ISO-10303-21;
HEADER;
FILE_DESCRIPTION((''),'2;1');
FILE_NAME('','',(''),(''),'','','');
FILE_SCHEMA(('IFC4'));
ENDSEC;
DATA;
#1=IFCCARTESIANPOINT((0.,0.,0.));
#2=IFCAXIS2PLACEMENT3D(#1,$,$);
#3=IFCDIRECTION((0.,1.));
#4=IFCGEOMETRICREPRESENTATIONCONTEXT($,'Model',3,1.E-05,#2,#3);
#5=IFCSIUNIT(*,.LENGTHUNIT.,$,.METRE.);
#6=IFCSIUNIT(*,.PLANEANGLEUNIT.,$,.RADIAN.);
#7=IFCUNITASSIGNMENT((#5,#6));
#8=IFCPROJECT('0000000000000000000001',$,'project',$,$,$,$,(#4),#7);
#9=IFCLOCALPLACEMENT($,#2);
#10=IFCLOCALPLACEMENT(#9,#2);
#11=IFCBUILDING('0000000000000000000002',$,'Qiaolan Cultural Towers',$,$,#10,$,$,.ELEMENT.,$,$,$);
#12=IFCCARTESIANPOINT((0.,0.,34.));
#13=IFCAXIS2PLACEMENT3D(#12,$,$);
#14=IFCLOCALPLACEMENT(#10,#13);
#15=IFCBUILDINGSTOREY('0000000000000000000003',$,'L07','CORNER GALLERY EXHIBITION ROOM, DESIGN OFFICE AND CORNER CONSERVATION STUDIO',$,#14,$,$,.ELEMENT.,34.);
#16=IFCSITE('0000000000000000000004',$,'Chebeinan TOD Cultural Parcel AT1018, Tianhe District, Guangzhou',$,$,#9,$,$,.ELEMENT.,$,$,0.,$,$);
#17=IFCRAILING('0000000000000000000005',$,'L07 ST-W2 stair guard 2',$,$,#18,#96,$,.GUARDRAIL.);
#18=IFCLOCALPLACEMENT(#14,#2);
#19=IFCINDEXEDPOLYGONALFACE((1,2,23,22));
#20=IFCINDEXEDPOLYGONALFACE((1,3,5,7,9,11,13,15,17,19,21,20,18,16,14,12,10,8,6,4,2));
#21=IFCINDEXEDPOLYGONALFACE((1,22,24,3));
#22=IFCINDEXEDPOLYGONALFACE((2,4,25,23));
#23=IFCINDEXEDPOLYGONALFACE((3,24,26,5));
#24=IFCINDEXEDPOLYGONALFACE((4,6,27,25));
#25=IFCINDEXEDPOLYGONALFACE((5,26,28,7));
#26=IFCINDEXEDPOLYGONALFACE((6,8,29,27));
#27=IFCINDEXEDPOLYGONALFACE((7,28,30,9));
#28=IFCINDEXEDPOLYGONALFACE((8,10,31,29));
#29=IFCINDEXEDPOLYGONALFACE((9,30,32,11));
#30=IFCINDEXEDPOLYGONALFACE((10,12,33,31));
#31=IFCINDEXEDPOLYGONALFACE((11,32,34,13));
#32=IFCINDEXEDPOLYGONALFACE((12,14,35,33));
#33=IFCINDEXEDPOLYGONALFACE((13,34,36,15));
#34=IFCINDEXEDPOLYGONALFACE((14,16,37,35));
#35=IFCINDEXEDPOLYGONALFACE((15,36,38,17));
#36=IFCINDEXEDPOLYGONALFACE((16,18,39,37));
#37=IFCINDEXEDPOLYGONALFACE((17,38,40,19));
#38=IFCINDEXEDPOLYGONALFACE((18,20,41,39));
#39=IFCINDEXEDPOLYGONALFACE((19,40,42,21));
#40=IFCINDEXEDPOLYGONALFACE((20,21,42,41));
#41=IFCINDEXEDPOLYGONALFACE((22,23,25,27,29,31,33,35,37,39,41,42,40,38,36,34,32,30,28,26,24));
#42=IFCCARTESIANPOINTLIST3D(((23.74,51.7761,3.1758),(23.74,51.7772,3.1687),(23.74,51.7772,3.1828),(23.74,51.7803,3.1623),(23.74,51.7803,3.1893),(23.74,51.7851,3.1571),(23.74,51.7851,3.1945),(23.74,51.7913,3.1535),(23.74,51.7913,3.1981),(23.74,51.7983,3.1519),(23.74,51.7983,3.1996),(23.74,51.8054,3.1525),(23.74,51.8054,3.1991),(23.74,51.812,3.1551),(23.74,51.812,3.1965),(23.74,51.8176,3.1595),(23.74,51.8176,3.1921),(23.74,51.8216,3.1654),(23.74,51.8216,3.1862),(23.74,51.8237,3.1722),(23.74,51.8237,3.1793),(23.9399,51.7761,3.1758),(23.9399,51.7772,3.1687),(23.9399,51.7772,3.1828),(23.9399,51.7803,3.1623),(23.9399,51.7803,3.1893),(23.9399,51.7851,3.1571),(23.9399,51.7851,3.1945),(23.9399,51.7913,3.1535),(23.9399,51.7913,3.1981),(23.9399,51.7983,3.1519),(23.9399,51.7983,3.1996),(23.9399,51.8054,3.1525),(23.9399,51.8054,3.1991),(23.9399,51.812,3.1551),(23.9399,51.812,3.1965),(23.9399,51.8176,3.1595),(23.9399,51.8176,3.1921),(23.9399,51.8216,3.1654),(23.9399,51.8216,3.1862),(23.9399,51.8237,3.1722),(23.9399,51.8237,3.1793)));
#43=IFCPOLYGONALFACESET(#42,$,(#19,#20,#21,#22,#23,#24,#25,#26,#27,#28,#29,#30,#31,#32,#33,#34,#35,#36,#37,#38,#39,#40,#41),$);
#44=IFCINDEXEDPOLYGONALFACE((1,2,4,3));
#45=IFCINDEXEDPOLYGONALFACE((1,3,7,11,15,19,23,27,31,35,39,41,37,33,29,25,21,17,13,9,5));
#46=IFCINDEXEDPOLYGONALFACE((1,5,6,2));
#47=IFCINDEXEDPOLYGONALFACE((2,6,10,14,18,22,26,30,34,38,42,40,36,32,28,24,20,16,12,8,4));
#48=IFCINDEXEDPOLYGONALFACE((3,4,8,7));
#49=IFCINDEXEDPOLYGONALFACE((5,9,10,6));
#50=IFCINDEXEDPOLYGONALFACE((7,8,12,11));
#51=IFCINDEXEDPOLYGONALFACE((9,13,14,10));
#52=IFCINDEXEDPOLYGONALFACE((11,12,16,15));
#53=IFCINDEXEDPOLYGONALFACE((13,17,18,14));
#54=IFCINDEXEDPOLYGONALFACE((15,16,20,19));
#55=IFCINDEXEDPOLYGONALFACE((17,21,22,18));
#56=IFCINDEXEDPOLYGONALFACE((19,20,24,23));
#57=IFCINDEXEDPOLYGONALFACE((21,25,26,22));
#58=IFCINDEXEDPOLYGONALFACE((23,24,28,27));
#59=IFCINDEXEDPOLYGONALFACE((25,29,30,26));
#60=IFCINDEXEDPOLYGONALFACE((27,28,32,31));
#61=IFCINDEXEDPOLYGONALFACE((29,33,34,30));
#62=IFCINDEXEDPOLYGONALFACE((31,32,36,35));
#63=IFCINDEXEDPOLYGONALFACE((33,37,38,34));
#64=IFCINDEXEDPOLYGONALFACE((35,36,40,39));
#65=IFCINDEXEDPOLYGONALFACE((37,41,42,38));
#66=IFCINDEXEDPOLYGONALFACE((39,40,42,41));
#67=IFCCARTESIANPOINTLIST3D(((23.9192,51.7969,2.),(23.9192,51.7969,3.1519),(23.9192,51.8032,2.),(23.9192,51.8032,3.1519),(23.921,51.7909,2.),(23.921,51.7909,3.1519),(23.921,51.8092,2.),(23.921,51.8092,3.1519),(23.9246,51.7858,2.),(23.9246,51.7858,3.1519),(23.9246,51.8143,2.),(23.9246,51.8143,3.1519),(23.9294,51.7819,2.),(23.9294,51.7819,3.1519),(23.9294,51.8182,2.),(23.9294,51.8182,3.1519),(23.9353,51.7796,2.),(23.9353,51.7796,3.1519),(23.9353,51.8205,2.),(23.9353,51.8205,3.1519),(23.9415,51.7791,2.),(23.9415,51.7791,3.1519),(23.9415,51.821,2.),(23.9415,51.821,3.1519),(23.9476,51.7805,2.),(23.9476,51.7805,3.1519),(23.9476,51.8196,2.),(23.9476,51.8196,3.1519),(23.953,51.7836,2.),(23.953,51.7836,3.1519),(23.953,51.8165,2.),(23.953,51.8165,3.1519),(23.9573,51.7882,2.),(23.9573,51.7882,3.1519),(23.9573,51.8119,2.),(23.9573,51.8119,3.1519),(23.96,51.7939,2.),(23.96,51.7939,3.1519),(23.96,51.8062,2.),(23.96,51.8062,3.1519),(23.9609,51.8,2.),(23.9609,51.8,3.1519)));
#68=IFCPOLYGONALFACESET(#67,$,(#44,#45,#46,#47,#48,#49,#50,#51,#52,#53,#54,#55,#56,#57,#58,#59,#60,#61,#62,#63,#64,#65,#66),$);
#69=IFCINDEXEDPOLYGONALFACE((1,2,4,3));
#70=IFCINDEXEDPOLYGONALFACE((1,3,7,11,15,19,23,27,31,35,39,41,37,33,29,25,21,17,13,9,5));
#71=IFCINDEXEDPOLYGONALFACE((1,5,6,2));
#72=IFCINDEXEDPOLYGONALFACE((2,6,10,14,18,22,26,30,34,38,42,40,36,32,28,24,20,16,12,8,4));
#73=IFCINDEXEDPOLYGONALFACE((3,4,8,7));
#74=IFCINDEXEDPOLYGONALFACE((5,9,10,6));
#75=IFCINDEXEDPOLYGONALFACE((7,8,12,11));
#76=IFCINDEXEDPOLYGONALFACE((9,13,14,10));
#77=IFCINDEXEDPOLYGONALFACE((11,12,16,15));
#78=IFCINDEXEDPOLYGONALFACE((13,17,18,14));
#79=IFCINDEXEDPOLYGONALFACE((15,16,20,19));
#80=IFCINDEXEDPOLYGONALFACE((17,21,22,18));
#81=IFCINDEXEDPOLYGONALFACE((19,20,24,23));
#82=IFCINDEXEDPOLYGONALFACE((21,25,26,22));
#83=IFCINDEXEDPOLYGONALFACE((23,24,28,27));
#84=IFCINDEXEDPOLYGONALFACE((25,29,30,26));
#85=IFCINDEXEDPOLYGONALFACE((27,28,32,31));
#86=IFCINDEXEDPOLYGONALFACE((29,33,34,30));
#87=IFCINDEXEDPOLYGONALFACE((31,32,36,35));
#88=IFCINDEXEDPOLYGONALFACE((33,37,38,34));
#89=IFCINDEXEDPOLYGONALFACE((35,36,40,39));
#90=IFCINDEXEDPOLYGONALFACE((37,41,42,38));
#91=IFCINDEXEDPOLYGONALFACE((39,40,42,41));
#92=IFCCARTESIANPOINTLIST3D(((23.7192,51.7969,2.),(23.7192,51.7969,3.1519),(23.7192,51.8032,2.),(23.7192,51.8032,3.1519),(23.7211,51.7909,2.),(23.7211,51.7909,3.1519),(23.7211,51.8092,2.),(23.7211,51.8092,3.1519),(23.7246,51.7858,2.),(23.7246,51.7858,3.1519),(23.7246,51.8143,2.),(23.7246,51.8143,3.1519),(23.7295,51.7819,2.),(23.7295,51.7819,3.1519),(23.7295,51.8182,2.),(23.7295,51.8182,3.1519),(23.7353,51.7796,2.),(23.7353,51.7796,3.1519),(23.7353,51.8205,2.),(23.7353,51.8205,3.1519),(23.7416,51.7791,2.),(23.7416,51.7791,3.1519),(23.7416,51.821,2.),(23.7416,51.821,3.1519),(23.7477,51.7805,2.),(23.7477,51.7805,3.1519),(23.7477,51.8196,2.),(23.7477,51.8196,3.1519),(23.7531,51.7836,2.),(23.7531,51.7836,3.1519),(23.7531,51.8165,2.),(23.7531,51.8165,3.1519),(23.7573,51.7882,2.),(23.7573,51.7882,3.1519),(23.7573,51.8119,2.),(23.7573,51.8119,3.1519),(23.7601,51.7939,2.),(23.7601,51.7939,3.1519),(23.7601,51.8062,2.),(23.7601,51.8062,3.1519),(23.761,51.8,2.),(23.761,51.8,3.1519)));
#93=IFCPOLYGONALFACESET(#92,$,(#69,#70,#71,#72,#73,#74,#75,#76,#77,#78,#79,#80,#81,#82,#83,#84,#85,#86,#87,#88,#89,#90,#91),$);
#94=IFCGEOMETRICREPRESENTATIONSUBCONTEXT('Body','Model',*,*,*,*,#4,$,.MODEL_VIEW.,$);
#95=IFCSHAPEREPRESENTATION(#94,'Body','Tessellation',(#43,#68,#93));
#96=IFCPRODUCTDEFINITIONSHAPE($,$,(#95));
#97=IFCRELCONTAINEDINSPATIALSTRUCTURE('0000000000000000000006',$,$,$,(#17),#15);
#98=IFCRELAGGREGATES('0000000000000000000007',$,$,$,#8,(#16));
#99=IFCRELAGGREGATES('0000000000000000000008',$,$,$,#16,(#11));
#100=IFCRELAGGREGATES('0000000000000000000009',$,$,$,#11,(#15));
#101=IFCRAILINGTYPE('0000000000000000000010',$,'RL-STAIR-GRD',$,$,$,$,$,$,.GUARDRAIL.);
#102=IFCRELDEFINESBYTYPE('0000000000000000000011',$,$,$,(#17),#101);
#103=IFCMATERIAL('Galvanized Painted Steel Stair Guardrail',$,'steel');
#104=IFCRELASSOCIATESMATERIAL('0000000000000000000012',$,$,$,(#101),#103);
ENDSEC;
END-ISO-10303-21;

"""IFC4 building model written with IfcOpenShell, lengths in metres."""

from ifc_helpers import new_model, si_unit, direction, frame, origin, origin_2d, place, context, subcontext, project, spatial, circle, extrude, material, type_object, element, save


model = new_model("IFC4")

# Units and contexts
model_context = context("Model", 3, precision=1e-05, world=origin(), true_north=direction((0.0, 1.0)))
body_context = subcontext(model_context, "Body", "Model", "MODEL_VIEW")
ifc_project = project(units=[si_unit("LENGTHUNIT", "METRE"), si_unit("PLANEANGLEUNIT", "RADIAN")], contexts=[model_context])

# Site, building, storey
site_placement = place(None, origin())
site = spatial("IfcSite", under=ifc_project, at=site_placement, Name="Chebeinan TOD Cultural Parcel AT1018, Tianhe District, Guangzhou", CompositionType="ELEMENT", RefElevation=0.0)
building_placement = place(site_placement, origin())
building = spatial("IfcBuilding", under=site, at=building_placement, Name="Qiaolan Cultural Towers", CompositionType="ELEMENT")
storey_placement = place(building_placement, frame((0.0, 0.0, 34.0)))
storey = spatial("IfcBuildingStorey", under=building, at=storey_placement, Name="L07", Description="CORNER GALLERY EXHIBITION ROOM, DESIGN OFFICE AND CORNER CONSERVATION STUDIO", CompositionType="ELEMENT", Elevation=34.0)

# Railing
ifc_material_1 = material(Name="Galvanized Painted Steel Stair Guardrail", Category="steel")
railing_type_1 = type_object("IfcRailingType", Name="RL-STAIR-GRD", PredefinedType="GUARDRAIL", material=ifc_material_1)
railing_1_placement = place(storey_placement, frame((23.9399, 51.8, 2.0)))
element("IfcRailing", 1, at=railing_1_placement, inside=storey, type_object=railing_type_1, Name="L07 ST-W2 stair guard 2", PredefinedType="GUARDRAIL", context=body_context, shape_type="SweptSolid", body=[
    extrude(circle(Radius=0.0239, at=origin_2d()), frame((0.0, 0.0, 1.1758), z_axis=(-1.0, 0.0, 0.0), x_axis=(0.0, -1.0, 0.0)), (0.0, 0.0, 1.0), 0.2),
    extrude(circle(Radius=0.021, at=origin_2d()), origin(), (0.0, 0.0, 1.0), 1.1519),
    extrude(circle(Radius=0.021, at=origin_2d()), frame((-0.2, 0.0, 0.0)), (0.0, 0.0, 1.0), 1.1519),
])

save(model, "model.ifc")
